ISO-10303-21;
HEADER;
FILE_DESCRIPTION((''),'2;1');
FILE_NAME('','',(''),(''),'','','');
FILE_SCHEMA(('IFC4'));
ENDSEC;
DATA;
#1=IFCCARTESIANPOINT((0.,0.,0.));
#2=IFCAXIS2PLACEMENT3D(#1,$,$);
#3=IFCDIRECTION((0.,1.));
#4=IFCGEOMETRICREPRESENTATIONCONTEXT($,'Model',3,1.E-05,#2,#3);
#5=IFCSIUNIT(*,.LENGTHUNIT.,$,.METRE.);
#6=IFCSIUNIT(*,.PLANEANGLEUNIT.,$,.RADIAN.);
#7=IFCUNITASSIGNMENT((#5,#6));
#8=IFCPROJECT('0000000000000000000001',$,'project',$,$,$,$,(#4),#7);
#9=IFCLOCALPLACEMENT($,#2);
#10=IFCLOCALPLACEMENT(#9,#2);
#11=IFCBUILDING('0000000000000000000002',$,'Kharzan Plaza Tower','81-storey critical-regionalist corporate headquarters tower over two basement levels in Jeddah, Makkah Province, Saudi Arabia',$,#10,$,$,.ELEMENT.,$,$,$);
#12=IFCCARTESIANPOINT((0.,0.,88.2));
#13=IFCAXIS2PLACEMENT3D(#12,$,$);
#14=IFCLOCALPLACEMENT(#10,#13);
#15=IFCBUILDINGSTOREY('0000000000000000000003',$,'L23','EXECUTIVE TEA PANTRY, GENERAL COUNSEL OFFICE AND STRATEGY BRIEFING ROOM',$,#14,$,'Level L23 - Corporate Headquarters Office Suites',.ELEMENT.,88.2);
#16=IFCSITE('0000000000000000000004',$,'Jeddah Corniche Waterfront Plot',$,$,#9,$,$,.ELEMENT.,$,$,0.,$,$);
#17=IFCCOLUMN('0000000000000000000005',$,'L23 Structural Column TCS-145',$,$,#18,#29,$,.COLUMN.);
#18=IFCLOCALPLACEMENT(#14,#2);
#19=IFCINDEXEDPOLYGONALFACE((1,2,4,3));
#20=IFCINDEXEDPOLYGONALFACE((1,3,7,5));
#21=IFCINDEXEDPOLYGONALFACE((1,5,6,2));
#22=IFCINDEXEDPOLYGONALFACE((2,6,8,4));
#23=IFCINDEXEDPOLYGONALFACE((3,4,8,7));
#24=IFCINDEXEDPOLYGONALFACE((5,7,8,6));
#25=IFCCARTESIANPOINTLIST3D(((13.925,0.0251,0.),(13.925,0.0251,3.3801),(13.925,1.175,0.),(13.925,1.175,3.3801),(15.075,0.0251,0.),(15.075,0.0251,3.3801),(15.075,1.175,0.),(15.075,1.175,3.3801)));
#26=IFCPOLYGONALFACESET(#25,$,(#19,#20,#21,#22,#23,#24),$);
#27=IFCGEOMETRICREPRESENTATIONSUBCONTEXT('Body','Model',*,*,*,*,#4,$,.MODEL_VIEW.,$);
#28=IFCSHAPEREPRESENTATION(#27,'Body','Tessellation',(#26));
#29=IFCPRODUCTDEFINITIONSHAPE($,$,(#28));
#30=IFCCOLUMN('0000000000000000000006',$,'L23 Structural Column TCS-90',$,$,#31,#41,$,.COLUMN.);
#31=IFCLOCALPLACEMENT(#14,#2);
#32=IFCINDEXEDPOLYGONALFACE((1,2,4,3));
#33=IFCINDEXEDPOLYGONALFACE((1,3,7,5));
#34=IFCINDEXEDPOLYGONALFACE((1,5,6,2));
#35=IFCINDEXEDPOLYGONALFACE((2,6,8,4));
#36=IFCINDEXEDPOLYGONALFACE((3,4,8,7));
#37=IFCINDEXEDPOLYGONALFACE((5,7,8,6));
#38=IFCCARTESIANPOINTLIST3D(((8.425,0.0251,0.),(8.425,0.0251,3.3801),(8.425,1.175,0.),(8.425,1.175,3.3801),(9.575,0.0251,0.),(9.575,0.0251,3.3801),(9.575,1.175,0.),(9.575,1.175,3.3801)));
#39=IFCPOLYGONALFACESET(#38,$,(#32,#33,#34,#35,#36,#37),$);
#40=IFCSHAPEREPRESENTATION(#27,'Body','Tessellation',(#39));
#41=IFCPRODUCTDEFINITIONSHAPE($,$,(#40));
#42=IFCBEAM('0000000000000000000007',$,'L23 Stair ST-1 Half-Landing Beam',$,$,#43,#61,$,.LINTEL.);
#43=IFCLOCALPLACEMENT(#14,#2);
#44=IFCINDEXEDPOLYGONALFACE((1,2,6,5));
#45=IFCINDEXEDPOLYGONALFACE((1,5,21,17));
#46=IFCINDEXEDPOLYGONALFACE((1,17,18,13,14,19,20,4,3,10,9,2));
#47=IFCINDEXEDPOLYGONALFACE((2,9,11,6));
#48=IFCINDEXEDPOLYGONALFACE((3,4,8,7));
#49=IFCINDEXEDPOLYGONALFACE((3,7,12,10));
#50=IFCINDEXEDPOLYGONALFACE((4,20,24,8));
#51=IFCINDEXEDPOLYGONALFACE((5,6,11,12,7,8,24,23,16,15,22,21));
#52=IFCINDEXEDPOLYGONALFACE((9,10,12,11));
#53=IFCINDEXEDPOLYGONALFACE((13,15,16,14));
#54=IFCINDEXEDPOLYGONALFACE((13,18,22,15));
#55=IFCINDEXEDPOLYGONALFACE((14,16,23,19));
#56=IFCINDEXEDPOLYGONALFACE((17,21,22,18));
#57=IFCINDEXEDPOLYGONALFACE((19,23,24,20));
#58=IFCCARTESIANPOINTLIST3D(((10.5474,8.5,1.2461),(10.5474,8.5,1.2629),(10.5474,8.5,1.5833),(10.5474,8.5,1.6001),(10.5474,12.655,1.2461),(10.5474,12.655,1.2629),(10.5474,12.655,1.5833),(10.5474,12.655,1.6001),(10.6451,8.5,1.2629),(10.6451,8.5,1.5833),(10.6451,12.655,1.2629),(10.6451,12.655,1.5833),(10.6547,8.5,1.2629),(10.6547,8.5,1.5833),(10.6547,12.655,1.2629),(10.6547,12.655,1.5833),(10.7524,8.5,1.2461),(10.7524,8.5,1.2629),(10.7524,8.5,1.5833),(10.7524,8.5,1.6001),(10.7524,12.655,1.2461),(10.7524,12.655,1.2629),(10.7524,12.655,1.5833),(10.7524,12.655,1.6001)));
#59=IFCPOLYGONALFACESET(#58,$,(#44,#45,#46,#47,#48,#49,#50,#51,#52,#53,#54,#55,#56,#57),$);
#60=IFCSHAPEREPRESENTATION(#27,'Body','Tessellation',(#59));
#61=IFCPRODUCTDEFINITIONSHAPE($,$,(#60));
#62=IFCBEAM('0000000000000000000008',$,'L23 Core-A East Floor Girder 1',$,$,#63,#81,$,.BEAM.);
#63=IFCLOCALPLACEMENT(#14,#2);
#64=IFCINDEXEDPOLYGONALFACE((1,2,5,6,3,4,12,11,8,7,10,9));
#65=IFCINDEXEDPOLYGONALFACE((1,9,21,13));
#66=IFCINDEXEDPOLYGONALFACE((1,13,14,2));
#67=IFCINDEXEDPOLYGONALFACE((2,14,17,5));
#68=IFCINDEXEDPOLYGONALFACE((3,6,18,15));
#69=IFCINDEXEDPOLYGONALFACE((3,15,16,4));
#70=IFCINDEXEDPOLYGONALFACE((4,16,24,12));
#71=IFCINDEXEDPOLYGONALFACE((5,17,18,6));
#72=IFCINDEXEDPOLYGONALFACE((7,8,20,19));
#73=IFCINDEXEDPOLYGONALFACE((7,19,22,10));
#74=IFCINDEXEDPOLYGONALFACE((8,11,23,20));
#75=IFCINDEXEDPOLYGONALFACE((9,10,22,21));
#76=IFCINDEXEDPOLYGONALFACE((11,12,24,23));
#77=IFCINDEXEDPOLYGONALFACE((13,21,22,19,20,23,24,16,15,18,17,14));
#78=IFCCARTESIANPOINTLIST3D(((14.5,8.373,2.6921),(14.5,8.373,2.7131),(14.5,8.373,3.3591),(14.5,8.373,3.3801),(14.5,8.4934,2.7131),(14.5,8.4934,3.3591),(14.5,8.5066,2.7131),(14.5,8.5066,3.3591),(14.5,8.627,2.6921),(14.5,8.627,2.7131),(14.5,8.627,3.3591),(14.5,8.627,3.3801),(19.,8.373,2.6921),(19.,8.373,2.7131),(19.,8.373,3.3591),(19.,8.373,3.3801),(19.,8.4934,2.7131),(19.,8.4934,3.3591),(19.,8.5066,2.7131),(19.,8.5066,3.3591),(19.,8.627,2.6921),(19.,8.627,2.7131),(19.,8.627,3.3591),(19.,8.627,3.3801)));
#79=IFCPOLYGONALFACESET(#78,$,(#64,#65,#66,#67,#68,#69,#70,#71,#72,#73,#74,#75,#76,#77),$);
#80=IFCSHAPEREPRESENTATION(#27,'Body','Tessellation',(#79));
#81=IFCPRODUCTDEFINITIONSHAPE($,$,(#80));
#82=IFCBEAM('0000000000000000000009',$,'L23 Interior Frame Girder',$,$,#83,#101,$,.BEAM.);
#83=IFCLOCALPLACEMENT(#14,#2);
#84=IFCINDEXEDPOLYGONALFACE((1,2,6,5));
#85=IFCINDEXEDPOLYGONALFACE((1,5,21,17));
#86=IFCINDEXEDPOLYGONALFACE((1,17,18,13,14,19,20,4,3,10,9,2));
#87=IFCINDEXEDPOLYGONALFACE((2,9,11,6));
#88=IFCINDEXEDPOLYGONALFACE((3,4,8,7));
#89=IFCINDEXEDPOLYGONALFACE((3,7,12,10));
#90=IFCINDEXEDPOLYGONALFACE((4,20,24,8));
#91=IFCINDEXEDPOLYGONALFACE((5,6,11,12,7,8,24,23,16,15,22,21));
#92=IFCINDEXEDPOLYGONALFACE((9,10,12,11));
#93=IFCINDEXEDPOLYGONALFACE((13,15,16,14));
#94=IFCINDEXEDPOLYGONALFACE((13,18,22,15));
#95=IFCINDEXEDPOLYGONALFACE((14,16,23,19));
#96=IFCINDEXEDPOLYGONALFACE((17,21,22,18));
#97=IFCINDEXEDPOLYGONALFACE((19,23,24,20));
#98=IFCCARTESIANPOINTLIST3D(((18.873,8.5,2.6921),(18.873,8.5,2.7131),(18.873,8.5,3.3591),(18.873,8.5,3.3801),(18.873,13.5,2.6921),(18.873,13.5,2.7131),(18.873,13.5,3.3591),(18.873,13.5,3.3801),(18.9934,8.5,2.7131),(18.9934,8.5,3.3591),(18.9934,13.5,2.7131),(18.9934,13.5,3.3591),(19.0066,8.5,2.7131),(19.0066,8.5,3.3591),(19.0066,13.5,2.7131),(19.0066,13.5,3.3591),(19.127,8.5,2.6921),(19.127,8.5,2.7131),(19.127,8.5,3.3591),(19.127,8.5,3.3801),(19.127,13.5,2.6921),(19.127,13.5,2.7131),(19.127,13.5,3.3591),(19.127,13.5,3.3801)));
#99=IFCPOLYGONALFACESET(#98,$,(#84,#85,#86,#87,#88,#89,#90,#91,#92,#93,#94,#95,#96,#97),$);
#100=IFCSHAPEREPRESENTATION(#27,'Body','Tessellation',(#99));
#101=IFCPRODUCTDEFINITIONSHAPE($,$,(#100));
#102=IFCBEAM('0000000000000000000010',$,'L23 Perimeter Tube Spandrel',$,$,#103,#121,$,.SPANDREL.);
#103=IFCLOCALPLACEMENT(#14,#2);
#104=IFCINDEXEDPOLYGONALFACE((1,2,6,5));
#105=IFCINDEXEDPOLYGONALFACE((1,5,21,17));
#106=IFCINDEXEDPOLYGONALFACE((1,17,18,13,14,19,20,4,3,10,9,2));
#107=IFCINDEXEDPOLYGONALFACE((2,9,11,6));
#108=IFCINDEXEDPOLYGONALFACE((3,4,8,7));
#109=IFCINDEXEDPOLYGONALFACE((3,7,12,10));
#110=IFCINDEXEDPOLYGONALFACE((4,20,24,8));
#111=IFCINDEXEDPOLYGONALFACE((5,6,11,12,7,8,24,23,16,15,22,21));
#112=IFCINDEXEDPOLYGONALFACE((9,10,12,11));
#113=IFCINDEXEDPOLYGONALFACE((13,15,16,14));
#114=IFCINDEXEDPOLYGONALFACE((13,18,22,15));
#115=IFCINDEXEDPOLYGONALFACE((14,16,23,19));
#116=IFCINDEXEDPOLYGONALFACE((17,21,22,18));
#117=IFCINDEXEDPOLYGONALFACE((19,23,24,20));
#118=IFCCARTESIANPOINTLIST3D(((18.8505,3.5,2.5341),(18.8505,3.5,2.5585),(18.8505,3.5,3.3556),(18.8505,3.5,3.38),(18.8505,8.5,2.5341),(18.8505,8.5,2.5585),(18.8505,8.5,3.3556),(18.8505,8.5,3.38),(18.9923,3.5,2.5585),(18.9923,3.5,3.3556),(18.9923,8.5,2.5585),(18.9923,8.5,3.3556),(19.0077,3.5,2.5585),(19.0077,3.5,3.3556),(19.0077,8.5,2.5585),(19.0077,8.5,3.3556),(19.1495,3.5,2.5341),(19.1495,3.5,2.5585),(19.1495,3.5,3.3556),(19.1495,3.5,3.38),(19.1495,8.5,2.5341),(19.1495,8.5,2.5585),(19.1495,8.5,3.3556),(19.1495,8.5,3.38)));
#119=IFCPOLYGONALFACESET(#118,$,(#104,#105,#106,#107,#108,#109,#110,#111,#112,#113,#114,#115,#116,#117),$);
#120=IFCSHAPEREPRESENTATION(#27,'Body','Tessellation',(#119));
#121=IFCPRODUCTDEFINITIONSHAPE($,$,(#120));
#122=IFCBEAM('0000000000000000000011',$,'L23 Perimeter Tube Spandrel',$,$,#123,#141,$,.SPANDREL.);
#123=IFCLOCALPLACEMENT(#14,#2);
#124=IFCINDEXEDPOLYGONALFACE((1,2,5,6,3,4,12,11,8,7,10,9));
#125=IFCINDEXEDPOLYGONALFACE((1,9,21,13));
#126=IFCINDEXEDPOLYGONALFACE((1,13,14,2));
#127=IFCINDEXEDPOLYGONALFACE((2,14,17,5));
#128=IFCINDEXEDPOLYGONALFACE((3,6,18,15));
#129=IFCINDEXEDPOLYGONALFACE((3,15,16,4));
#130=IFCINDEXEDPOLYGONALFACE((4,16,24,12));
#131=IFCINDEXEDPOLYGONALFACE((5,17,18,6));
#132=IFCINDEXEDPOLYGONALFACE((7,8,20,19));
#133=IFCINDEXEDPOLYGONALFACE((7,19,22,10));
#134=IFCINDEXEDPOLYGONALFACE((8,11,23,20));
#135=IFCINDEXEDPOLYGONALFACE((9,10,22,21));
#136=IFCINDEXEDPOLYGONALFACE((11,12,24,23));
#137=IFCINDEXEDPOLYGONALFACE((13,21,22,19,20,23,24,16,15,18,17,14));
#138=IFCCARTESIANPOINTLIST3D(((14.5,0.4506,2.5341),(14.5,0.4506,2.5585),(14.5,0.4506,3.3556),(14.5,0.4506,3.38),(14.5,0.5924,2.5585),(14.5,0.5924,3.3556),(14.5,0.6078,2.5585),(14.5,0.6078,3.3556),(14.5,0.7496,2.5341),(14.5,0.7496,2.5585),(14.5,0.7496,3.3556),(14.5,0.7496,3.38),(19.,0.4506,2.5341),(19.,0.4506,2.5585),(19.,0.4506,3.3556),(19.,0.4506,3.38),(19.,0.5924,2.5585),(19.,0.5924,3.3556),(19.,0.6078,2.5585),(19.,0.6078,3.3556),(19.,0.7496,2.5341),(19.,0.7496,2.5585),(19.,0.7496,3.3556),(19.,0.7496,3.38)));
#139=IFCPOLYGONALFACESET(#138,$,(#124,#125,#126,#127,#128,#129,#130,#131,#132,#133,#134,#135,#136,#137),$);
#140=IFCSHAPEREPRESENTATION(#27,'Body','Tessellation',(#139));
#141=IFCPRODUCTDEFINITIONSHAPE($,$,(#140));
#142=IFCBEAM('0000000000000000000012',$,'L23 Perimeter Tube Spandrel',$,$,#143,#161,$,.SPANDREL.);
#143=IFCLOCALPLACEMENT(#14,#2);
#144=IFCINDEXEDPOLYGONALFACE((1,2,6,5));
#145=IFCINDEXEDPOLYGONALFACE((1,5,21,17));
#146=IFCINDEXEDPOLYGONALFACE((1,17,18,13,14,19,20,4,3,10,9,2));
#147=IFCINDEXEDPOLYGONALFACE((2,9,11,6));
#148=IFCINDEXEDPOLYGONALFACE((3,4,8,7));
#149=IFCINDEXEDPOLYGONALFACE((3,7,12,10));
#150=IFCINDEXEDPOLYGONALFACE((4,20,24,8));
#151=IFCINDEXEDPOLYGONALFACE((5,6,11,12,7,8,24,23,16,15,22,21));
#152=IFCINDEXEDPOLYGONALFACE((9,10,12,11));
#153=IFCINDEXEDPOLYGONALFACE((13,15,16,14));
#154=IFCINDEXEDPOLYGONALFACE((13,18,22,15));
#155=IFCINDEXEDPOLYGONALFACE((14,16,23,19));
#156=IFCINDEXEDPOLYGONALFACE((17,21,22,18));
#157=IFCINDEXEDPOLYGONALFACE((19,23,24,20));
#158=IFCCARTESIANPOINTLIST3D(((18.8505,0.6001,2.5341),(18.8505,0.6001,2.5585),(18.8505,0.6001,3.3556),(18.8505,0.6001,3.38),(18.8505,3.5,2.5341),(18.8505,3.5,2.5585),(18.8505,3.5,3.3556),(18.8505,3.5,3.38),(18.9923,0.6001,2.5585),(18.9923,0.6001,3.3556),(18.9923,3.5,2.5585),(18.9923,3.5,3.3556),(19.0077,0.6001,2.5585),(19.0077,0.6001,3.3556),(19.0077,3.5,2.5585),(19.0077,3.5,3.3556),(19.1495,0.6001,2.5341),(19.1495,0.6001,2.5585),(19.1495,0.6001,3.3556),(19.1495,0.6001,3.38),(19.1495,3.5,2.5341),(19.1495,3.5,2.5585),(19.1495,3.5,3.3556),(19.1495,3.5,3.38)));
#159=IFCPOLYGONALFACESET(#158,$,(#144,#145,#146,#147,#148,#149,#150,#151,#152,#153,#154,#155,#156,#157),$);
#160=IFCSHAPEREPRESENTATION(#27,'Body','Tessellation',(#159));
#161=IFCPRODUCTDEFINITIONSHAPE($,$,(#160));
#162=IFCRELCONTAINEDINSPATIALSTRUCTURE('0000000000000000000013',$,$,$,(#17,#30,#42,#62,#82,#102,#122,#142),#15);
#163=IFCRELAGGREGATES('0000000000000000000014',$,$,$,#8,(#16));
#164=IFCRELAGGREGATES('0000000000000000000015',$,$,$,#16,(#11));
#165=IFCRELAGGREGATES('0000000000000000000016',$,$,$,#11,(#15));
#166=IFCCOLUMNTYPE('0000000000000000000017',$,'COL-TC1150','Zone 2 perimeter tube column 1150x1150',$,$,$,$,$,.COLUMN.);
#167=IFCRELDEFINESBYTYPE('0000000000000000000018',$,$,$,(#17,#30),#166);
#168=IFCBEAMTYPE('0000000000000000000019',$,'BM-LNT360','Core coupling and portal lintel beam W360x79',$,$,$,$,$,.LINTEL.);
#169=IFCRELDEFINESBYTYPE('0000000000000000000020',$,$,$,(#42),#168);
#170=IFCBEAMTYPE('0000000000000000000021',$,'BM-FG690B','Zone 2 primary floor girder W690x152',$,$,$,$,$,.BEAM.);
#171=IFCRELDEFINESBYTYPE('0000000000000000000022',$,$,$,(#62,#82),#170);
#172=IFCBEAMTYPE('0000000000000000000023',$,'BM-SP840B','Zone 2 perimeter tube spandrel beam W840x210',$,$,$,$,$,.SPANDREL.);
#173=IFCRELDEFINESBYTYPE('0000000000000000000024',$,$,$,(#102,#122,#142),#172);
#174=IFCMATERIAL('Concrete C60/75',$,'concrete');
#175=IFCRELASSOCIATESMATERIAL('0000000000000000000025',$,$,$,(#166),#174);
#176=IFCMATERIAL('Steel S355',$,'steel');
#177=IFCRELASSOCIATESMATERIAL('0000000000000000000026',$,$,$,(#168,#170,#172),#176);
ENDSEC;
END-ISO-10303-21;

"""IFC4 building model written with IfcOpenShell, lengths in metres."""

from ifc_helpers import new_model, si_unit, direction, frame, origin, origin_2d, place, context, subcontext, project, spatial, rectangle, i_section, extrude, source, transform, mapped, material, material_profile, profile_set, type_object, element, save


model = new_model("IFC4")

# Units and contexts
model_context = context("Model", 3, precision=1e-05, world=origin(), true_north=direction((0.0, 1.0)))
body_context = subcontext(model_context, "Body", "Model", "MODEL_VIEW")
ifc_project = project(units=[si_unit("LENGTHUNIT", "METRE"), si_unit("PLANEANGLEUNIT", "RADIAN")], contexts=[model_context])

# Site, building, storey
site_placement = place(None, origin())
site = spatial("IfcSite", under=ifc_project, at=site_placement, Name="Jeddah Corniche Waterfront Plot", CompositionType="ELEMENT", RefElevation=0.0)
building_placement = place(site_placement, origin())
building = spatial("IfcBuilding", under=site, at=building_placement, Name="Kharzan Plaza Tower", Description="81-storey critical-regionalist corporate headquarters tower over two basement levels in Jeddah, Makkah Province, Saudi Arabia", CompositionType="ELEMENT")
storey_placement = place(building_placement, frame((0.0, 0.0, 88.2)))
storey = spatial("IfcBuildingStorey", under=building, at=storey_placement, Name="L23", Description="EXECUTIVE TEA PANTRY, GENERAL COUNSEL OFFICE AND STRATEGY BRIEFING ROOM", LongName="Level L23 - Corporate Headquarters Office Suites", CompositionType="ELEMENT", Elevation=88.2)

# Columns
ifc_material_1 = material(Name="Concrete C60/75", Category="concrete")
ifc_material_profile_1 = material_profile(ifc_material_1, rectangle(XDim=1.1499, YDim=1.1499, at=origin_2d()), Name="RC-TC1150x1150")
ifc_profile_set_1 = profile_set([ifc_material_profile_1], Name="Concrete C60/75")
column_type = type_object("IfcColumnType", Name="COL-TC1150", Description="Zone 2 perimeter tube column 1150x1150", PredefinedType="COLUMN", material=ifc_profile_set_1)
shared_shape_1 = source(origin(), body_context, "Body", "SweptSolid", [
    extrude(rectangle(XDim=1.1499, YDim=1.1499, at=origin_2d()), origin(), (0.0, 0.0, 1.0), 3.3801),
])
for number, where, z_axis, x_axis, name in (
    (1, (14.5, 0.6001, 0.0), (0.0, 0.0, 1.0), (1.0, 0.0, 0.0), "L23 Structural Column TCS-145"),
    (2, (9.0, 0.6001, 0.0), (0.0, 0.0, 1.0), (1.0, 0.0, 0.0), "L23 Structural Column TCS-90"),
):
    element("IfcColumn", number, at=place(storey_placement, frame(where, z_axis=z_axis, x_axis=x_axis)), inside=storey, type_object=column_type, Name=name, PredefinedType="COLUMN", context=body_context, shape_type="MappedRepresentation", body=[
        mapped(shared_shape_1, transform((0.0, 0.0, 0.0), x_axis=(1.0, 0.0, 0.0), y_axis=(0.0, 1.0, 0.0), z_axis=(0.0, 0.0, 1.0))),
    ])

# Beams
ifc_material_2 = material(Name="Steel S355", Category="steel")
ifc_material_profile_2 = material_profile(ifc_material_2, i_section(OverallWidth=0.2051, OverallDepth=0.354, WebThickness=0.0095, FlangeThickness=0.0168, at=origin_2d()), Name="W360x79")
ifc_profile_set_2 = profile_set([ifc_material_profile_2], Name="Steel S355")
beam_type_1 = type_object("IfcBeamType", Name="BM-LNT360", Description="Core coupling and portal lintel beam W360x79", PredefinedType="LINTEL", material=ifc_profile_set_2)
shared_shape_2 = source(origin(), body_context, "Body", "SweptSolid", [
    extrude(i_section(OverallWidth=0.2051, OverallDepth=0.354, WebThickness=0.0095, FlangeThickness=0.0168, at=origin_2d()), origin(), (0.0, 0.0, 1.0), 4.155),
])
beam_1_placement = place(storey_placement, frame((10.6499, 8.5, 1.4231), z_axis=(0.0, 1.0, 0.0), x_axis=(-1.0, 0.0, 0.0)))
element("IfcBeam", 3, at=beam_1_placement, inside=storey, type_object=beam_type_1, Name="L23 Stair ST-1 Half-Landing Beam", PredefinedType="LINTEL", context=body_context, shape_type="MappedRepresentation", body=[
    mapped(shared_shape_2, transform((0.0, 0.0, 0.0), x_axis=(1.0, 0.0, 0.0), y_axis=(0.0, 1.0, 0.0), z_axis=(0.0, 0.0, 1.0))),
])
ifc_material_profile_3 = material_profile(ifc_material_2, i_section(OverallWidth=0.2539, OverallDepth=0.688, WebThickness=0.0132, FlangeThickness=0.021, at=origin_2d()), Name="W690x152")
ifc_profile_set_3 = profile_set([ifc_material_profile_3], Name="Steel S355")
beam_type_2 = type_object("IfcBeamType", Name="BM-FG690B", Description="Zone 2 primary floor girder W690x152", PredefinedType="BEAM", material=ifc_profile_set_3)
shared_shape_3 = source(origin(), body_context, "Body", "SweptSolid", [
    extrude(i_section(OverallWidth=0.2539, OverallDepth=0.688, WebThickness=0.0132, FlangeThickness=0.021, at=origin_2d()), origin(), (0.0, 0.0, 1.0), 4.5),
])
beam_2_placement = place(storey_placement, frame((14.5, 8.5, 3.0361), z_axis=(1.0, 0.0, 0.0), x_axis=(0.0, 1.0, 0.0)))
element("IfcBeam", 4, at=beam_2_placement, inside=storey, type_object=beam_type_2, Name="L23 Core-A East Floor Girder 1", PredefinedType="BEAM", context=body_context, shape_type="MappedRepresentation", body=[
    mapped(shared_shape_3, transform((0.0, 0.0, 0.0), x_axis=(1.0, 0.0, 0.0), y_axis=(0.0, 1.0, 0.0), z_axis=(0.0, 0.0, 1.0))),
])
shared_shape_4 = source(origin(), body_context, "Body", "SweptSolid", [
    extrude(i_section(OverallWidth=0.2539, OverallDepth=0.688, WebThickness=0.0132, FlangeThickness=0.021, at=origin_2d()), origin(), (0.0, 0.0, 1.0), 5.0),
])
beam_3_placement = place(storey_placement, frame((19.0, 8.5, 3.0361), z_axis=(0.0, 1.0, 0.0), x_axis=(-1.0, 0.0, 0.0)))
element("IfcBeam", 5, at=beam_3_placement, inside=storey, type_object=beam_type_2, Name="L23 Interior Frame Girder", PredefinedType="BEAM", context=body_context, shape_type="MappedRepresentation", body=[
    mapped(shared_shape_4, transform((0.0, 0.0, 0.0), x_axis=(1.0, 0.0, 0.0), y_axis=(0.0, 1.0, 0.0), z_axis=(0.0, 0.0, 1.0))),
])
ifc_material_profile_4 = material_profile(ifc_material_2, i_section(OverallWidth=0.2991, OverallDepth=0.8459, WebThickness=0.0154, FlangeThickness=0.0244, at=origin_2d()), Name="W840x210")
ifc_profile_set_4 = profile_set([ifc_material_profile_4], Name="Steel S355")
beam_type_3 = type_object("IfcBeamType", Name="BM-SP840B", Description="Zone 2 perimeter tube spandrel beam W840x210", PredefinedType="SPANDREL", material=ifc_profile_set_4)
shared_shape_5 = source(origin(), body_context, "Body", "SweptSolid", [
    extrude(i_section(OverallWidth=0.2991, OverallDepth=0.8459, WebThickness=0.0154, FlangeThickness=0.0244, at=origin_2d()), origin(), (0.0, 0.0, 1.0), 5.0),
])
beam_4_placement = place(storey_placement, frame((19.0, 3.5, 2.957), z_axis=(0.0, 1.0, 0.0), x_axis=(-1.0, 0.0, 0.0)))
element("IfcBeam", 6, at=beam_4_placement, inside=storey, type_object=beam_type_3, Name="L23 Perimeter Tube Spandrel", PredefinedType="SPANDREL", context=body_context, shape_type="MappedRepresentation", body=[
    mapped(shared_shape_5, transform((0.0, 0.0, 0.0), x_axis=(1.0, 0.0, 0.0), y_axis=(0.0, 1.0, 0.0), z_axis=(0.0, 0.0, 1.0))),
])
shared_shape_6 = source(origin(), body_context, "Body", "SweptSolid", [
    extrude(i_section(OverallWidth=0.2991, OverallDepth=0.8459, WebThickness=0.0154, FlangeThickness=0.0244, at=origin_2d()), origin(), (0.0, 0.0, 1.0), 4.5),
])
beam_5_placement = place(storey_placement, frame((14.5, 0.6001, 2.957), z_axis=(1.0, 0.0, 0.0), x_axis=(0.0, 1.0, 0.0)))
element("IfcBeam", 7, at=beam_5_placement, inside=storey, type_object=beam_type_3, Name="L23 Perimeter Tube Spandrel", PredefinedType="SPANDREL", context=body_context, shape_type="MappedRepresentation", body=[
    mapped(shared_shape_6, transform((0.0, 0.0, 0.0), x_axis=(1.0, 0.0, 0.0), y_axis=(0.0, 1.0, 0.0), z_axis=(0.0, 0.0, 1.0))),
])
shared_shape_7 = source(origin(), body_context, "Body", "SweptSolid", [
    extrude(i_section(OverallWidth=0.2991, OverallDepth=0.8459, WebThickness=0.0154, FlangeThickness=0.0244, at=origin_2d()), origin(), (0.0, 0.0, 1.0), 2.8999),
])
beam_6_placement = place(storey_placement, frame((19.0, 0.6001, 2.957), z_axis=(0.0, 1.0, 0.0), x_axis=(-1.0, 0.0, 0.0)))
element("IfcBeam", 8, at=beam_6_placement, inside=storey, type_object=beam_type_3, Name="L23 Perimeter Tube Spandrel", PredefinedType="SPANDREL", context=body_context, shape_type="MappedRepresentation", body=[
    mapped(shared_shape_7, transform((0.0, 0.0, 0.0), x_axis=(1.0, 0.0, 0.0), y_axis=(0.0, 1.0, 0.0), z_axis=(0.0, 0.0, 1.0))),
])

save(model, "model.ifc")
